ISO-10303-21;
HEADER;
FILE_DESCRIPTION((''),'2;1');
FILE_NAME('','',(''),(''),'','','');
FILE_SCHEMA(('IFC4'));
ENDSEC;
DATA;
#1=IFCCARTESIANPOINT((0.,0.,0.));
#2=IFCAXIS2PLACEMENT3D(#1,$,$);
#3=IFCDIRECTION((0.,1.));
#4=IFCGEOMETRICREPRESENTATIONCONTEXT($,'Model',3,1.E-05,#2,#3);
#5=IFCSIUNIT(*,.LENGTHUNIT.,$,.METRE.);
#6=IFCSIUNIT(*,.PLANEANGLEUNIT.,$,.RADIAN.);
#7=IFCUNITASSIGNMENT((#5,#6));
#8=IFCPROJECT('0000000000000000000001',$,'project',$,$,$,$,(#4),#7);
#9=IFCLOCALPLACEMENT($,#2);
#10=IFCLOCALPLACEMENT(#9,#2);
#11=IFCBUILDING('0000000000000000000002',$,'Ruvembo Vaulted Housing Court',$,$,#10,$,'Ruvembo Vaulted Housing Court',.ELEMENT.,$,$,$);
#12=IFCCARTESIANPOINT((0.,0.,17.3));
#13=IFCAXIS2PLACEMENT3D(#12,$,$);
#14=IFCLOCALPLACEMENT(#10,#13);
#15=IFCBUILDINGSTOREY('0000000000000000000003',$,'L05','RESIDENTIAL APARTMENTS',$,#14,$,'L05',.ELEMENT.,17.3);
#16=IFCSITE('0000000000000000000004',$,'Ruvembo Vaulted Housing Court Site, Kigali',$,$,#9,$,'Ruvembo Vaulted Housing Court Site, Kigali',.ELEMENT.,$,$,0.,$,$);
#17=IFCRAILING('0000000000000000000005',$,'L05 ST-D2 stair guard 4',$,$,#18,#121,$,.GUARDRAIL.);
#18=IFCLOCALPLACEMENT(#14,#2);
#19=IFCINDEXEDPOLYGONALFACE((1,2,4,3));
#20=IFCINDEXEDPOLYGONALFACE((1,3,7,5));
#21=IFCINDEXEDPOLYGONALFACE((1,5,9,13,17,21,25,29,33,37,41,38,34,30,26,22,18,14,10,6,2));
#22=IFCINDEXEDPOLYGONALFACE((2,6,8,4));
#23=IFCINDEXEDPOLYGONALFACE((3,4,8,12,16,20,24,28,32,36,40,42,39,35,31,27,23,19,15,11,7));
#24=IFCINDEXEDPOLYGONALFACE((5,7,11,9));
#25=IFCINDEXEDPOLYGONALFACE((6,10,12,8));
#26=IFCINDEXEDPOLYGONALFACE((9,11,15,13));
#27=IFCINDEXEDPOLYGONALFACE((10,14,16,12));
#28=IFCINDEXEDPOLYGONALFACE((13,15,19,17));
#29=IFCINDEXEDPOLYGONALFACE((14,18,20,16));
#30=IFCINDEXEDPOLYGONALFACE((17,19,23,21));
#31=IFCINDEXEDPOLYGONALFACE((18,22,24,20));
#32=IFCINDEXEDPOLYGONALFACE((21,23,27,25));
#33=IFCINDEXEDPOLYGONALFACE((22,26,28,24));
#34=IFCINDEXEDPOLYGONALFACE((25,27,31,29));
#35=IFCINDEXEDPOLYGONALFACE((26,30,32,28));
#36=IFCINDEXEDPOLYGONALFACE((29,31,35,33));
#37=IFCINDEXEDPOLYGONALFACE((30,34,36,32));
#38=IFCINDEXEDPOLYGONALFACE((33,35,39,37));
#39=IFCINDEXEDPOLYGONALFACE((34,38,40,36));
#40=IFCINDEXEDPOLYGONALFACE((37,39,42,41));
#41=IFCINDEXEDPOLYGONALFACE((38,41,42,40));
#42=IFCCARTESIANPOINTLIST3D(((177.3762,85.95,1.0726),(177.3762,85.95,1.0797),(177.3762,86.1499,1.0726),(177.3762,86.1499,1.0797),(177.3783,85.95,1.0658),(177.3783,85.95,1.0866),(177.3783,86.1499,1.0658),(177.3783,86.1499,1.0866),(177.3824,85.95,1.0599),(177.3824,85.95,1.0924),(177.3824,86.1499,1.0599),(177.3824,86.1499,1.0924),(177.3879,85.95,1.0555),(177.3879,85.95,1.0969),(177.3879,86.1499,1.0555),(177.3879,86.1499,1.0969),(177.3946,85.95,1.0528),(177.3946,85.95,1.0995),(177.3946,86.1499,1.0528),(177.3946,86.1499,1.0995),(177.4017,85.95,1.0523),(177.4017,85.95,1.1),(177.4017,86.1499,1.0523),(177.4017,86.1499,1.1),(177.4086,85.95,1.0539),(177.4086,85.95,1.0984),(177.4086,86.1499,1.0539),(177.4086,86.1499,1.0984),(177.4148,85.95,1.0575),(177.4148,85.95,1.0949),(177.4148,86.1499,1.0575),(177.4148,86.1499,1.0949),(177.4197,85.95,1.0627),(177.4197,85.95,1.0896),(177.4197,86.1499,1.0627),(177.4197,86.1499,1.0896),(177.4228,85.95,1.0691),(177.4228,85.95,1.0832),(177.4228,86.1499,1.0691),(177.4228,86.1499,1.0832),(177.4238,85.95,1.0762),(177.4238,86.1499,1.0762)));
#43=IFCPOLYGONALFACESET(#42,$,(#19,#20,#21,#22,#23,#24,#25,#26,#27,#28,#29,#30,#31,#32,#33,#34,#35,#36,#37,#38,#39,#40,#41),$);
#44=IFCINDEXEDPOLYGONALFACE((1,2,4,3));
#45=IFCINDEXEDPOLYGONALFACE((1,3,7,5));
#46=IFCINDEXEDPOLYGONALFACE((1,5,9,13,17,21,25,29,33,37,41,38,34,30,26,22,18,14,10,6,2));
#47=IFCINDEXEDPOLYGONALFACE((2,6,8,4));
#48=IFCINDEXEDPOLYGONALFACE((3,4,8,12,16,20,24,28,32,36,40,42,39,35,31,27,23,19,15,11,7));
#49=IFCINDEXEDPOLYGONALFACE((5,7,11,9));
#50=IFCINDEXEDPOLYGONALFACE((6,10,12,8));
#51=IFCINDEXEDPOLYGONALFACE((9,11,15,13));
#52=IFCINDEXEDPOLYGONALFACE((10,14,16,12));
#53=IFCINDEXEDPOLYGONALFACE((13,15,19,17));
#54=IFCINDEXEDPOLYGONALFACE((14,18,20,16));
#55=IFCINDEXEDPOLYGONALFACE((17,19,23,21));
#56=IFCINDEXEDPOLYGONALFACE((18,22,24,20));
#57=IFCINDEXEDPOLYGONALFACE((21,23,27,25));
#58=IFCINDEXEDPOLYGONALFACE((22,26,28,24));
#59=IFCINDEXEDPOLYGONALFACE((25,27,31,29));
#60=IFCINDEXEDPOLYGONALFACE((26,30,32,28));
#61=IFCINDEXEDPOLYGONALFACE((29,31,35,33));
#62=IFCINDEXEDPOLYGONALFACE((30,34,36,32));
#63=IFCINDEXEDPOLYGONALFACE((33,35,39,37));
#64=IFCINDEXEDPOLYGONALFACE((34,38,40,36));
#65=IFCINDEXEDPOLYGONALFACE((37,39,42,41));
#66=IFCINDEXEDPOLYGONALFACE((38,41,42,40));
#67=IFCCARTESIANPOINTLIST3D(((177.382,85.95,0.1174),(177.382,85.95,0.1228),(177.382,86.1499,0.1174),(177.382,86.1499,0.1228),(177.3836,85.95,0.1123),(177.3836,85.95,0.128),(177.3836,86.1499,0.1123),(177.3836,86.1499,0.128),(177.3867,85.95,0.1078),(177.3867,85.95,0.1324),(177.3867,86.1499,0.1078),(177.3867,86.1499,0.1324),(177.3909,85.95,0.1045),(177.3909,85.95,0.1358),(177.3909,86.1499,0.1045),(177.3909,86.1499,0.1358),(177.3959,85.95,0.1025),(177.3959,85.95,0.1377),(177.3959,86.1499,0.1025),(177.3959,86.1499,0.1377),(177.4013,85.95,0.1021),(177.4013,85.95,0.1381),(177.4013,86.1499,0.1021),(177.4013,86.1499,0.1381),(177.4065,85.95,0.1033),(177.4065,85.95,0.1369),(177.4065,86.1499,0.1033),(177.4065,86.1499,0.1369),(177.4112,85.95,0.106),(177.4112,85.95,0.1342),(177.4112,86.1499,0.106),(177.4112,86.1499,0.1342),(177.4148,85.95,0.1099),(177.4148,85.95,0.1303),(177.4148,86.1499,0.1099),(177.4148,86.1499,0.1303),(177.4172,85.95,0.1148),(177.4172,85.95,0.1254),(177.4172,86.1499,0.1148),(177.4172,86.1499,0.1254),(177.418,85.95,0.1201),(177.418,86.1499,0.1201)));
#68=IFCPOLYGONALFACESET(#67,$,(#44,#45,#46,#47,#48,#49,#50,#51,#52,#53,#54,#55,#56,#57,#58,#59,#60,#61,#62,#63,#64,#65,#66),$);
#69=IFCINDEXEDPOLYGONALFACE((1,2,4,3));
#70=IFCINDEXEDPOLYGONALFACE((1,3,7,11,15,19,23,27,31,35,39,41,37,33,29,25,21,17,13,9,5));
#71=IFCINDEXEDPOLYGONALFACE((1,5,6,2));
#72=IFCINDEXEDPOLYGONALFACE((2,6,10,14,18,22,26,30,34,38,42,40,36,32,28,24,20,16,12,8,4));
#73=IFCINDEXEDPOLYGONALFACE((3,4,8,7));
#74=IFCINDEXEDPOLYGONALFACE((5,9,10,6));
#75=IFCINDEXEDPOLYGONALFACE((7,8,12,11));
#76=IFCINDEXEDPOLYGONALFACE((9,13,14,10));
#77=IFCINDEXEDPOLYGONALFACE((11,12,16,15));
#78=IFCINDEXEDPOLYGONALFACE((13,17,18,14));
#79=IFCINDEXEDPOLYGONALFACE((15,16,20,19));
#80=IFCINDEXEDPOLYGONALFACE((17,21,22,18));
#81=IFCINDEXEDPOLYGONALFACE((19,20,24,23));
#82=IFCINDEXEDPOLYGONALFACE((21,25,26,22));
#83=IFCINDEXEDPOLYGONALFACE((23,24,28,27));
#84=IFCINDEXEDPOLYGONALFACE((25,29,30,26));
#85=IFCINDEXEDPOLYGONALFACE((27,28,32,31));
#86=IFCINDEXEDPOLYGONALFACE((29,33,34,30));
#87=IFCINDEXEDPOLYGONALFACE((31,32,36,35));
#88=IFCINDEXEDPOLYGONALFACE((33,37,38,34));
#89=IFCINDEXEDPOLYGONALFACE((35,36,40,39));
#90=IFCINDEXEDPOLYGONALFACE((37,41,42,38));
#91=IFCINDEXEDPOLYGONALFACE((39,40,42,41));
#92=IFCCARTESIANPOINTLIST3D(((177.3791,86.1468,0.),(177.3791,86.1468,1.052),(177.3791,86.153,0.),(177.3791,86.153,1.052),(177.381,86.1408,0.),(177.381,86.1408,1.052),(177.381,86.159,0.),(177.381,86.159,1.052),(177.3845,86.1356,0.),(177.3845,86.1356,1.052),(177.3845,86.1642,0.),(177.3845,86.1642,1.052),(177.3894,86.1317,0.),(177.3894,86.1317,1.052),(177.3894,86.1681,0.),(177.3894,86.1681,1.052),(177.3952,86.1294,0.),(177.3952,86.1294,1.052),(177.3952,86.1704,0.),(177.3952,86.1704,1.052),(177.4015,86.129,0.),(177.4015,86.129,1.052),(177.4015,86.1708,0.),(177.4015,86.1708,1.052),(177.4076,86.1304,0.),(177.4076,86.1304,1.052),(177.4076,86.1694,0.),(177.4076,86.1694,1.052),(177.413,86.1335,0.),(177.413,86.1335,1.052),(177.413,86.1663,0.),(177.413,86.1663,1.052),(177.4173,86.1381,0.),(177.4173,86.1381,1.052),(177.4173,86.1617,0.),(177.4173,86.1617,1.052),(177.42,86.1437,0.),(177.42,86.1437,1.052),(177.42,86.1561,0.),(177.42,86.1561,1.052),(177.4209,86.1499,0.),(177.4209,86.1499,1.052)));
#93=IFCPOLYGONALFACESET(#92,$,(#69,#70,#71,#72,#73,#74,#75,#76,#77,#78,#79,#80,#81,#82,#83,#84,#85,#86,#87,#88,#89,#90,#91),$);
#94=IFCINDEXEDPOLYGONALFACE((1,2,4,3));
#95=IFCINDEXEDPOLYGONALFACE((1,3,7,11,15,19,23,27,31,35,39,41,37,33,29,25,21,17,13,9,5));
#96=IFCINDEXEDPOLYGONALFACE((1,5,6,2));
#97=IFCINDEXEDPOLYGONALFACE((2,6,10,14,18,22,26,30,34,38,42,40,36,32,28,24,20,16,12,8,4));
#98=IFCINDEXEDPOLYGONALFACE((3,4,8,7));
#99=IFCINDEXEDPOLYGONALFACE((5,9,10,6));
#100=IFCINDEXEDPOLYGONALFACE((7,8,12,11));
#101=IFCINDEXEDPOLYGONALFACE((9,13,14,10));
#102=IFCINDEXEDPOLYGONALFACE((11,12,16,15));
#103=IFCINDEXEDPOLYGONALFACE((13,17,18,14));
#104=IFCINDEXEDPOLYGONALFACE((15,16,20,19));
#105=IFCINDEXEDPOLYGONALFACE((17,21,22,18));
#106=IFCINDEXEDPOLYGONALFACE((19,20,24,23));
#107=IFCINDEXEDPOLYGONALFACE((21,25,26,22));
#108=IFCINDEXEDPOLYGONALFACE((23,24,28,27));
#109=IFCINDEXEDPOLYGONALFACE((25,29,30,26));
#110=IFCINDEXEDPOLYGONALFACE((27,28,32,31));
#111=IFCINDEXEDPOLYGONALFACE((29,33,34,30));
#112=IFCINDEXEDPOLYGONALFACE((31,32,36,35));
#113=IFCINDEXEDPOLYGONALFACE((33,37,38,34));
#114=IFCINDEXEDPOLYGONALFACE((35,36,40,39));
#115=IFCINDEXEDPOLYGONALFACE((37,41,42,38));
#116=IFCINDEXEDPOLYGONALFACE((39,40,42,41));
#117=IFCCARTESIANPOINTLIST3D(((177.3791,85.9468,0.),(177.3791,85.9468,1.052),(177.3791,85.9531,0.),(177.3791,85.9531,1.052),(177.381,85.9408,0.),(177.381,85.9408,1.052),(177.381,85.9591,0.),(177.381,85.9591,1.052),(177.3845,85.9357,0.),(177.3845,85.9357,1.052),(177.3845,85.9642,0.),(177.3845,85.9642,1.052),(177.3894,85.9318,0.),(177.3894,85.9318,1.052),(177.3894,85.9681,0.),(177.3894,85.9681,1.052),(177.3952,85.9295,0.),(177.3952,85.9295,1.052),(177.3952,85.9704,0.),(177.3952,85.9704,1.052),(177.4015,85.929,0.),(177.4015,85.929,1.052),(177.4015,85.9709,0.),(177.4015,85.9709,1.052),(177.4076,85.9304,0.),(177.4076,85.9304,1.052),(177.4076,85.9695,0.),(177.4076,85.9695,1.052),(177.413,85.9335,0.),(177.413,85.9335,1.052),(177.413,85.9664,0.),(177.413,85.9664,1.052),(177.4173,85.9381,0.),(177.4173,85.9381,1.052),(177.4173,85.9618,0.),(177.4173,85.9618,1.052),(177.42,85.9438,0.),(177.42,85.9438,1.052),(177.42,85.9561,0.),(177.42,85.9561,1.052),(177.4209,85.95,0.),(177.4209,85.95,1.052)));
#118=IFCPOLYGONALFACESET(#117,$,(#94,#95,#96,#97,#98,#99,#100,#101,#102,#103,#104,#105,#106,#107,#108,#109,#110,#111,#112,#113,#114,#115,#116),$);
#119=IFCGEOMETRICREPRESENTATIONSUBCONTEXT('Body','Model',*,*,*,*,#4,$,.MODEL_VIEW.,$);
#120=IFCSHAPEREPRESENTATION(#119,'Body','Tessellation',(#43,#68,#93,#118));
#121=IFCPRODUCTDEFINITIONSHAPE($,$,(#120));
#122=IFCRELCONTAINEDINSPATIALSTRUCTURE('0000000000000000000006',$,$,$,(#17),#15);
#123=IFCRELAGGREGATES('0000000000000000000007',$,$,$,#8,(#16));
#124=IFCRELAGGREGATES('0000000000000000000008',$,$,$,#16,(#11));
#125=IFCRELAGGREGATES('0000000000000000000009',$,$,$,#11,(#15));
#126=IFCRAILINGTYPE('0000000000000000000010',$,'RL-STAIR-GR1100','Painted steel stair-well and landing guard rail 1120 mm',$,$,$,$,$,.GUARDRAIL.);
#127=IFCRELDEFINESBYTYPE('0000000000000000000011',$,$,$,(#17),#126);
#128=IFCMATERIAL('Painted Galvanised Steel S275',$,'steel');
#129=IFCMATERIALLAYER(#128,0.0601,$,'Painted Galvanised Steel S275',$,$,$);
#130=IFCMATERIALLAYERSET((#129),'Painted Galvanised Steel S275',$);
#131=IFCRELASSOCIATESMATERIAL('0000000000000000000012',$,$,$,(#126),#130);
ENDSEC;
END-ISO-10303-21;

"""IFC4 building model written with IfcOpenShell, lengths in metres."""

from ifc_helpers import new_model, si_unit, direction, frame, origin, origin_2d, place, context, subcontext, project, spatial, circle, extrude, material, layer, layer_set, type_object, element, save


model = new_model("IFC4")

# Units and contexts
model_context = context("Model", 3, precision=1e-05, world=origin(), true_north=direction((0.0, 1.0)))
body_context = subcontext(model_context, "Body", "Model", "MODEL_VIEW")
ifc_project = project(units=[si_unit("LENGTHUNIT", "METRE"), si_unit("PLANEANGLEUNIT", "RADIAN")], contexts=[model_context])

# Site, building, storey
site_placement = place(None, origin())
site = spatial("IfcSite", under=ifc_project, at=site_placement, Name="Ruvembo Vaulted Housing Court Site, Kigali", LongName="Ruvembo Vaulted Housing Court Site, Kigali", CompositionType="ELEMENT", RefElevation=0.0)
building_placement = place(site_placement, origin())
building = spatial("IfcBuilding", under=site, at=building_placement, Name="Ruvembo Vaulted Housing Court", LongName="Ruvembo Vaulted Housing Court", CompositionType="ELEMENT")
storey_placement = place(building_placement, frame((0.0, 0.0, 17.3)))
storey = spatial("IfcBuildingStorey", under=building, at=storey_placement, Name="L05", Description="RESIDENTIAL APARTMENTS", LongName="L05", CompositionType="ELEMENT", Elevation=17.3)

# Railing
ifc_material_1 = material(Name="Painted Galvanised Steel S275", Category="steel")
ifc_layer_1 = layer(ifc_material_1, 0.0601, Name="Painted Galvanised Steel S275")
ifc_layer_set_1 = layer_set([ifc_layer_1], Name="Painted Galvanised Steel S275")
railing_type_1 = type_object("IfcRailingType", Name="RL-STAIR-GR1100", Description="Painted steel stair-well and landing guard rail 1120 mm", PredefinedType="GUARDRAIL", material=ifc_layer_set_1)
railing_1_placement = place(storey_placement, frame((177.3999, 86.1499, 0.0)))
element("IfcRailing", 1, at=railing_1_placement, inside=storey, type_object=railing_type_1, Name="L05 ST-D2 stair guard 4", PredefinedType="GUARDRAIL", context=body_context, shape_type="SweptSolid", body=[
    extrude(circle(Radius=0.0239, at=origin_2d()), frame((0.0, 0.0, 1.0762), z_axis=(0.0, -1.0, 0.0), x_axis=(1.0, 0.0, 0.0)), (0.0, 0.0, 1.0), 0.2),
    extrude(circle(Radius=0.0181, at=origin_2d()), frame((0.0, 0.0, 0.1201), z_axis=(0.0, -1.0, 0.0), x_axis=(1.0, 0.0, 0.0)), (0.0, 0.0, 1.0), 0.2),
    extrude(circle(Radius=0.021, at=origin_2d()), origin(), (0.0, 0.0, 1.0), 1.052),
    extrude(circle(Radius=0.021, at=origin_2d()), frame((0.0, -0.2, 0.0)), (0.0, 0.0, 1.0), 1.052),
])

save(model, "model.ifc")
